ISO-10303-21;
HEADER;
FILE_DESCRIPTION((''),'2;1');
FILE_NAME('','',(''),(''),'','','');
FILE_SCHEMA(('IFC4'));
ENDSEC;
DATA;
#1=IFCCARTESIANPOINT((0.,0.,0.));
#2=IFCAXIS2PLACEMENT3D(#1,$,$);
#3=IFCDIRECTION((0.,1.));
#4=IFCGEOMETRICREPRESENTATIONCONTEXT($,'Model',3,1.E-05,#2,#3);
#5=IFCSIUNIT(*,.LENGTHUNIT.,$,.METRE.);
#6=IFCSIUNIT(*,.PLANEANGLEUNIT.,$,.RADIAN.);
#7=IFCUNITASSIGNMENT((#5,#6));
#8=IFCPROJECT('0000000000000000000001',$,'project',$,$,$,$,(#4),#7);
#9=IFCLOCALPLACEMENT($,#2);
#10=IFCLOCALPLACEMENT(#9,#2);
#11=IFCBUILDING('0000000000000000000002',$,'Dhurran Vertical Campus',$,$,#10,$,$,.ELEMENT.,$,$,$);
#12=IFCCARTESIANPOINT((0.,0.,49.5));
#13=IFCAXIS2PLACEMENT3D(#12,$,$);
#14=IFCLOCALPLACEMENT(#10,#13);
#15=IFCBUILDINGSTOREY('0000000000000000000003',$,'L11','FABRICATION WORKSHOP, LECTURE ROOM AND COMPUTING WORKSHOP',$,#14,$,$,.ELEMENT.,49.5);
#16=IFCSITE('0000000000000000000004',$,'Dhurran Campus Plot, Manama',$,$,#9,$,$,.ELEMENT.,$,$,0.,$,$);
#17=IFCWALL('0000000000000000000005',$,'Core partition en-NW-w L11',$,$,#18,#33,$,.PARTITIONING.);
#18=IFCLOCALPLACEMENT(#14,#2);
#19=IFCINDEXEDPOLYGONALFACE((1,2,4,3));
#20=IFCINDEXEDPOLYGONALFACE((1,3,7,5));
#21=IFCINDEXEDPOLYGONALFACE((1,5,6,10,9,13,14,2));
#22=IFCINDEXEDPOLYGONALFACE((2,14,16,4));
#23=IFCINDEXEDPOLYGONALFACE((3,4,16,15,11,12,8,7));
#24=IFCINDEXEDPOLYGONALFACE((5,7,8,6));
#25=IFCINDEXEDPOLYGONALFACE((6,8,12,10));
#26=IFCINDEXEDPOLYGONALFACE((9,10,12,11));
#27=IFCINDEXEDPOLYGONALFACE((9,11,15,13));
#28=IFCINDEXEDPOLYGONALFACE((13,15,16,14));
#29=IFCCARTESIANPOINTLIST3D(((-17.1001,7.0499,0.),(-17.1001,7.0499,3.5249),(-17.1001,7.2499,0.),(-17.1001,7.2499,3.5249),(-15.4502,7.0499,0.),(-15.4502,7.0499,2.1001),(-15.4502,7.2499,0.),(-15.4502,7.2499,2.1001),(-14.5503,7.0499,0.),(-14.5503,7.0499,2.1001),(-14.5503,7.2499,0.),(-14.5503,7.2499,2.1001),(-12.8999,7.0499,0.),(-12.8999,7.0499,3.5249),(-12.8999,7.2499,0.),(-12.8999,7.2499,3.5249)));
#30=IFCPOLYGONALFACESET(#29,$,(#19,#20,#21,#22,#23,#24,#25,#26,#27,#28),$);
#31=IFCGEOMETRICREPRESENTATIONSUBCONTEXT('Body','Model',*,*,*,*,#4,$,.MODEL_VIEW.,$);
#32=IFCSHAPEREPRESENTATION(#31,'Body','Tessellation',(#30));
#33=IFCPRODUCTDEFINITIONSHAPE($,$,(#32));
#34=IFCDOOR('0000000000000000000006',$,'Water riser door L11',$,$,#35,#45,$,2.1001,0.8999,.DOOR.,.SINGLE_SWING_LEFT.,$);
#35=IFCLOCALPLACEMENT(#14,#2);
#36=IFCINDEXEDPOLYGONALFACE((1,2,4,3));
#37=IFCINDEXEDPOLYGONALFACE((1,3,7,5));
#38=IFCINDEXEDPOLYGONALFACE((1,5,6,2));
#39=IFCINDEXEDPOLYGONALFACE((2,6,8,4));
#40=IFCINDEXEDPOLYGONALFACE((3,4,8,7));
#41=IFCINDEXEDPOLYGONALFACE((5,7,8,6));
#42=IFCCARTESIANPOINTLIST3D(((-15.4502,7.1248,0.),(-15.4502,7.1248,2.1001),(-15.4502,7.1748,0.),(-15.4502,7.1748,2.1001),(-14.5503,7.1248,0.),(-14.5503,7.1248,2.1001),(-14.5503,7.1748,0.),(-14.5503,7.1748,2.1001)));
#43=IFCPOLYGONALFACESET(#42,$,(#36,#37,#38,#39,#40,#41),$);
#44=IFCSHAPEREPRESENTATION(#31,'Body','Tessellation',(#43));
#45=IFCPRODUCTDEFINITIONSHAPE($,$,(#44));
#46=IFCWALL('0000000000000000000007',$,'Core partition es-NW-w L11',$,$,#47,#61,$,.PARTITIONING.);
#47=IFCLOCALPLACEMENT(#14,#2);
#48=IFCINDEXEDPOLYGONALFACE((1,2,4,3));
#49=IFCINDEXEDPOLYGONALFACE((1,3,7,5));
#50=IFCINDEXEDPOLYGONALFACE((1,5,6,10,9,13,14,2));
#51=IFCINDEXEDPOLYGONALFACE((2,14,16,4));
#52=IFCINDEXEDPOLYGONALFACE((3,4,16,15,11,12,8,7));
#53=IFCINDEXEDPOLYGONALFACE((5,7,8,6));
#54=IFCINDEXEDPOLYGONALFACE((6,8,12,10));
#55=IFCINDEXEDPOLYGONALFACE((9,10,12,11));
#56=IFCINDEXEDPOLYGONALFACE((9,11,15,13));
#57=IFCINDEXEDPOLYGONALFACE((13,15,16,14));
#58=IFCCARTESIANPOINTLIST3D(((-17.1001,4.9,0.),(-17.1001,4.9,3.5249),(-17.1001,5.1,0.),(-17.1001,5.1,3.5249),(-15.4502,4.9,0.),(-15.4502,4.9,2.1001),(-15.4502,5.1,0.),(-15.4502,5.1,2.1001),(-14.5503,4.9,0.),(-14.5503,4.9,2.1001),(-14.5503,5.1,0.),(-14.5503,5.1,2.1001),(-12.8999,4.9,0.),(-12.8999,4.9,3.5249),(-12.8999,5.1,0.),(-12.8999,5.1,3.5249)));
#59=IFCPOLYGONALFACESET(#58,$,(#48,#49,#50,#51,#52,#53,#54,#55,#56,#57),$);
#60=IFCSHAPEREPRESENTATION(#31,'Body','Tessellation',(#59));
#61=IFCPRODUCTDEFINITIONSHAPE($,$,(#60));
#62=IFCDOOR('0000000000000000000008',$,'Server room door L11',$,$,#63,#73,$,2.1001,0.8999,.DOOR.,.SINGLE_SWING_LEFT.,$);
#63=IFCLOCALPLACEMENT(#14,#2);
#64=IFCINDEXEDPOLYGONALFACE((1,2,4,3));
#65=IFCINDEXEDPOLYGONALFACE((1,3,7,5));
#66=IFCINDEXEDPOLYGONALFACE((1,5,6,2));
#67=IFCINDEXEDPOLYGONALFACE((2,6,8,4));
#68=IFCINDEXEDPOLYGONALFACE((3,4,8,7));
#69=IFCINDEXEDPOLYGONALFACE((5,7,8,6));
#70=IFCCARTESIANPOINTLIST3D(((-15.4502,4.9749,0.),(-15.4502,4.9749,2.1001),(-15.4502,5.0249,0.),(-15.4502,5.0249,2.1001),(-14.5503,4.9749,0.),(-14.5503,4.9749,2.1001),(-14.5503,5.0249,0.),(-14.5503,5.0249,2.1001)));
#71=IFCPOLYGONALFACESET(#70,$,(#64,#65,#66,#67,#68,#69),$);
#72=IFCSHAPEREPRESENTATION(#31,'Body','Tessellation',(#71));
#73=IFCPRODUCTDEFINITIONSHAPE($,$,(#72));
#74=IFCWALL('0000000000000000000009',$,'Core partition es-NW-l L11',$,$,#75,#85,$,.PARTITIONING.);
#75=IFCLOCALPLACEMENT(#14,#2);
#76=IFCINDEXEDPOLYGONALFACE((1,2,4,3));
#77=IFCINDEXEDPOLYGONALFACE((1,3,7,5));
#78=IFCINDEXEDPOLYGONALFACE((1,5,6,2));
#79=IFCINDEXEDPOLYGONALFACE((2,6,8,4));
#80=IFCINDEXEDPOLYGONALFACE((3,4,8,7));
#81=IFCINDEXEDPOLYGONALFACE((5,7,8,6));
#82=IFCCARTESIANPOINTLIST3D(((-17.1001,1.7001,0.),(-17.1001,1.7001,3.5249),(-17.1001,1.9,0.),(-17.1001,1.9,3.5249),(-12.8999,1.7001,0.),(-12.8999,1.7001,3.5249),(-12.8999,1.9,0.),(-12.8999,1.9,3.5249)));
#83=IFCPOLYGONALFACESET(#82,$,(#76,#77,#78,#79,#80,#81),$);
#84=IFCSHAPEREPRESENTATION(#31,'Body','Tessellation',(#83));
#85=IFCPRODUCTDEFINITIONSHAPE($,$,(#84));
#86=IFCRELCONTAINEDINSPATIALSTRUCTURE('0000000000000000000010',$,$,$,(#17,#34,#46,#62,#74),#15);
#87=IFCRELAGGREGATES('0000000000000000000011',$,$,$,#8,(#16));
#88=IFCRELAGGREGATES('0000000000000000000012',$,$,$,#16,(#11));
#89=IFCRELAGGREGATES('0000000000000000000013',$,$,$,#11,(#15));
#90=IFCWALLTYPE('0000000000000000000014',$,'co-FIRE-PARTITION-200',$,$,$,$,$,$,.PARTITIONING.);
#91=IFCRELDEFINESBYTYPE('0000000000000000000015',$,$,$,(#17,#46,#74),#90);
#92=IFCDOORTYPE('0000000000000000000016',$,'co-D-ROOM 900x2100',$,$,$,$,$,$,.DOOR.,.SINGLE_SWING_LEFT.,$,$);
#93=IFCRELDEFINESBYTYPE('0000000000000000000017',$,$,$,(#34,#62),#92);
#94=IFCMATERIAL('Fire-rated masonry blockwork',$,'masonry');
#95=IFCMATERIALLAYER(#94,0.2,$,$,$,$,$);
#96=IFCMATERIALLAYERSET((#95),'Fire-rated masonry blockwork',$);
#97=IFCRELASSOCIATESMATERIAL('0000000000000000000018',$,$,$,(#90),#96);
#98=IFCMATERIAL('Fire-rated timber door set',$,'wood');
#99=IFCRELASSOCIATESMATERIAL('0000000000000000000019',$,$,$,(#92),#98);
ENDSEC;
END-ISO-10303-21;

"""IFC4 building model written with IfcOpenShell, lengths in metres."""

from ifc_helpers import new_model, si_unit, direction, frame, frame_2d, origin, place, context, subcontext, project, spatial, rectangle, extrude, material, layer, layer_set, type_object, element, fill, save


model = new_model("IFC4")

# Units and contexts
model_context = context("Model", 3, precision=1e-05, world=origin(), true_north=direction((0.0, 1.0)))
body_context = subcontext(model_context, "Body", "Model", "MODEL_VIEW")
ifc_project = project(units=[si_unit("LENGTHUNIT", "METRE"), si_unit("PLANEANGLEUNIT", "RADIAN")], contexts=[model_context])

# Site, building, storey
site_placement = place(None, origin())
site = spatial("IfcSite", under=ifc_project, at=site_placement, Name="Dhurran Campus Plot, Manama", CompositionType="ELEMENT", RefElevation=0.0)
building_placement = place(site_placement, origin())
building = spatial("IfcBuilding", under=site, at=building_placement, Name="Dhurran Vertical Campus", CompositionType="ELEMENT")
storey_placement = place(building_placement, frame((0.0, 0.0, 49.5)))
storey = spatial("IfcBuildingStorey", under=building, at=storey_placement, Name="L11", Description="FABRICATION WORKSHOP, LECTURE ROOM AND COMPUTING WORKSHOP", CompositionType="ELEMENT", Elevation=49.5)

# Walls, openings, doors
ifc_material_1 = material(Name="Fire-rated masonry blockwork", Category="masonry")
ifc_layer_1 = layer(ifc_material_1, 0.2)
ifc_layer_set_1 = layer_set([ifc_layer_1], Name="Fire-rated masonry blockwork")
wall_type_1 = type_object("IfcWallType", Name="co-FIRE-PARTITION-200", PredefinedType="PARTITIONING", material=ifc_layer_set_1)
wall_1_placement = place(storey_placement, frame((-17.1001, 7.1499, 0.0), z_axis=(0.0, 0.0, 1.0), x_axis=(1.0, 0.0, 0.0)))
wall_1 = element("IfcWall", 1, at=wall_1_placement, inside=storey, type_object=wall_type_1, Name="Core partition en-NW-w L11", PredefinedType="PARTITIONING", context=body_context, shape_type="SweptSolid", body=[
    extrude(rectangle(XDim=4.2002, YDim=0.2, at=frame_2d((2.1001, 0.0))), origin(), (0.0, 0.0, 1.0), 3.5249),
])
opening_1_placement = place(wall_1_placement, frame((1.6499, 0.0, 0.0)))
opening_1 = element("IfcOpeningElement", 2, at=opening_1_placement, cuts=wall_1, PredefinedType="OPENING", context=body_context, shape_type="SweptSolid", body=[
    extrude(rectangle(XDim=0.8999, YDim=2.1001, at=frame_2d((0.45, 1.05))), frame((0.0, 0.1099, 0.0), z_axis=(0.0, -1.0, 0.0), x_axis=(1.0, 0.0, 0.0)), (0.0, 0.0, 1.0), 0.22),
])
ifc_material_2 = material(Name="Fire-rated timber door set", Category="wood")
door_type_1 = type_object("IfcDoorType", Name="co-D-ROOM 900x2100", OperationType="SINGLE_SWING_LEFT", PredefinedType="DOOR", material=ifc_material_2)
door_1_placement = place(opening_1_placement, origin())
door_1 = element("IfcDoor", 3, at=door_1_placement, inside=storey, type_object=door_type_1, Name="Water riser door L11", OperationType="SINGLE_SWING_LEFT", OverallHeight=2.1001, OverallWidth=0.8999, PredefinedType="DOOR", context=body_context, shape_type="SweptSolid", body=[
    extrude(rectangle(XDim=0.8999, YDim=2.1001, at=frame_2d((0.45, 1.05))), frame((0.0, 0.0249, 0.0), z_axis=(0.0, -1.0, 0.0), x_axis=(1.0, 0.0, 0.0)), (0.0, 0.0, 1.0), 0.05),
])
fill(opening_1, door_1)
wall_2_placement = place(storey_placement, frame((-17.1001, 5.0, 0.0), z_axis=(0.0, 0.0, 1.0), x_axis=(1.0, 0.0, 0.0)))
wall_2 = element("IfcWall", 4, at=wall_2_placement, inside=storey, type_object=wall_type_1, Name="Core partition es-NW-w L11", PredefinedType="PARTITIONING", context=body_context, shape_type="SweptSolid", body=[
    extrude(rectangle(XDim=4.2002, YDim=0.2, at=frame_2d((2.1001, 0.0))), origin(), (0.0, 0.0, 1.0), 3.5249),
])
opening_2_placement = place(wall_2_placement, frame((1.6499, 0.0, 0.0)))
opening_2 = element("IfcOpeningElement", 5, at=opening_2_placement, cuts=wall_2, PredefinedType="OPENING", context=body_context, shape_type="SweptSolid", body=[
    extrude(rectangle(XDim=0.8999, YDim=2.1001, at=frame_2d((0.45, 1.05))), frame((0.0, 0.1099, 0.0), z_axis=(0.0, -1.0, 0.0), x_axis=(1.0, 0.0, 0.0)), (0.0, 0.0, 1.0), 0.22),
])
door_2_placement = place(opening_2_placement, origin())
door_2 = element("IfcDoor", 6, at=door_2_placement, inside=storey, type_object=door_type_1, Name="Server room door L11", OperationType="SINGLE_SWING_LEFT", OverallHeight=2.1001, OverallWidth=0.8999, PredefinedType="DOOR", context=body_context, shape_type="SweptSolid", body=[
    extrude(rectangle(XDim=0.8999, YDim=2.1001, at=frame_2d((0.45, 1.05))), frame((0.0, 0.0249, 0.0), z_axis=(0.0, -1.0, 0.0), x_axis=(1.0, 0.0, 0.0)), (0.0, 0.0, 1.0), 0.05),
])
fill(opening_2, door_2)

# Wall
wall_3_placement = place(storey_placement, frame((-17.1001, 1.8, 0.0), z_axis=(0.0, 0.0, 1.0), x_axis=(1.0, 0.0, 0.0)))
element("IfcWall", 7, at=wall_3_placement, inside=storey, type_object=wall_type_1, Name="Core partition es-NW-l L11", PredefinedType="PARTITIONING", context=body_context, shape_type="SweptSolid", body=[
    extrude(rectangle(XDim=4.2002, YDim=0.2, at=frame_2d((2.1001, 0.0))), origin(), (0.0, 0.0, 1.0), 3.5249),
])

save(model, "model.ifc")
